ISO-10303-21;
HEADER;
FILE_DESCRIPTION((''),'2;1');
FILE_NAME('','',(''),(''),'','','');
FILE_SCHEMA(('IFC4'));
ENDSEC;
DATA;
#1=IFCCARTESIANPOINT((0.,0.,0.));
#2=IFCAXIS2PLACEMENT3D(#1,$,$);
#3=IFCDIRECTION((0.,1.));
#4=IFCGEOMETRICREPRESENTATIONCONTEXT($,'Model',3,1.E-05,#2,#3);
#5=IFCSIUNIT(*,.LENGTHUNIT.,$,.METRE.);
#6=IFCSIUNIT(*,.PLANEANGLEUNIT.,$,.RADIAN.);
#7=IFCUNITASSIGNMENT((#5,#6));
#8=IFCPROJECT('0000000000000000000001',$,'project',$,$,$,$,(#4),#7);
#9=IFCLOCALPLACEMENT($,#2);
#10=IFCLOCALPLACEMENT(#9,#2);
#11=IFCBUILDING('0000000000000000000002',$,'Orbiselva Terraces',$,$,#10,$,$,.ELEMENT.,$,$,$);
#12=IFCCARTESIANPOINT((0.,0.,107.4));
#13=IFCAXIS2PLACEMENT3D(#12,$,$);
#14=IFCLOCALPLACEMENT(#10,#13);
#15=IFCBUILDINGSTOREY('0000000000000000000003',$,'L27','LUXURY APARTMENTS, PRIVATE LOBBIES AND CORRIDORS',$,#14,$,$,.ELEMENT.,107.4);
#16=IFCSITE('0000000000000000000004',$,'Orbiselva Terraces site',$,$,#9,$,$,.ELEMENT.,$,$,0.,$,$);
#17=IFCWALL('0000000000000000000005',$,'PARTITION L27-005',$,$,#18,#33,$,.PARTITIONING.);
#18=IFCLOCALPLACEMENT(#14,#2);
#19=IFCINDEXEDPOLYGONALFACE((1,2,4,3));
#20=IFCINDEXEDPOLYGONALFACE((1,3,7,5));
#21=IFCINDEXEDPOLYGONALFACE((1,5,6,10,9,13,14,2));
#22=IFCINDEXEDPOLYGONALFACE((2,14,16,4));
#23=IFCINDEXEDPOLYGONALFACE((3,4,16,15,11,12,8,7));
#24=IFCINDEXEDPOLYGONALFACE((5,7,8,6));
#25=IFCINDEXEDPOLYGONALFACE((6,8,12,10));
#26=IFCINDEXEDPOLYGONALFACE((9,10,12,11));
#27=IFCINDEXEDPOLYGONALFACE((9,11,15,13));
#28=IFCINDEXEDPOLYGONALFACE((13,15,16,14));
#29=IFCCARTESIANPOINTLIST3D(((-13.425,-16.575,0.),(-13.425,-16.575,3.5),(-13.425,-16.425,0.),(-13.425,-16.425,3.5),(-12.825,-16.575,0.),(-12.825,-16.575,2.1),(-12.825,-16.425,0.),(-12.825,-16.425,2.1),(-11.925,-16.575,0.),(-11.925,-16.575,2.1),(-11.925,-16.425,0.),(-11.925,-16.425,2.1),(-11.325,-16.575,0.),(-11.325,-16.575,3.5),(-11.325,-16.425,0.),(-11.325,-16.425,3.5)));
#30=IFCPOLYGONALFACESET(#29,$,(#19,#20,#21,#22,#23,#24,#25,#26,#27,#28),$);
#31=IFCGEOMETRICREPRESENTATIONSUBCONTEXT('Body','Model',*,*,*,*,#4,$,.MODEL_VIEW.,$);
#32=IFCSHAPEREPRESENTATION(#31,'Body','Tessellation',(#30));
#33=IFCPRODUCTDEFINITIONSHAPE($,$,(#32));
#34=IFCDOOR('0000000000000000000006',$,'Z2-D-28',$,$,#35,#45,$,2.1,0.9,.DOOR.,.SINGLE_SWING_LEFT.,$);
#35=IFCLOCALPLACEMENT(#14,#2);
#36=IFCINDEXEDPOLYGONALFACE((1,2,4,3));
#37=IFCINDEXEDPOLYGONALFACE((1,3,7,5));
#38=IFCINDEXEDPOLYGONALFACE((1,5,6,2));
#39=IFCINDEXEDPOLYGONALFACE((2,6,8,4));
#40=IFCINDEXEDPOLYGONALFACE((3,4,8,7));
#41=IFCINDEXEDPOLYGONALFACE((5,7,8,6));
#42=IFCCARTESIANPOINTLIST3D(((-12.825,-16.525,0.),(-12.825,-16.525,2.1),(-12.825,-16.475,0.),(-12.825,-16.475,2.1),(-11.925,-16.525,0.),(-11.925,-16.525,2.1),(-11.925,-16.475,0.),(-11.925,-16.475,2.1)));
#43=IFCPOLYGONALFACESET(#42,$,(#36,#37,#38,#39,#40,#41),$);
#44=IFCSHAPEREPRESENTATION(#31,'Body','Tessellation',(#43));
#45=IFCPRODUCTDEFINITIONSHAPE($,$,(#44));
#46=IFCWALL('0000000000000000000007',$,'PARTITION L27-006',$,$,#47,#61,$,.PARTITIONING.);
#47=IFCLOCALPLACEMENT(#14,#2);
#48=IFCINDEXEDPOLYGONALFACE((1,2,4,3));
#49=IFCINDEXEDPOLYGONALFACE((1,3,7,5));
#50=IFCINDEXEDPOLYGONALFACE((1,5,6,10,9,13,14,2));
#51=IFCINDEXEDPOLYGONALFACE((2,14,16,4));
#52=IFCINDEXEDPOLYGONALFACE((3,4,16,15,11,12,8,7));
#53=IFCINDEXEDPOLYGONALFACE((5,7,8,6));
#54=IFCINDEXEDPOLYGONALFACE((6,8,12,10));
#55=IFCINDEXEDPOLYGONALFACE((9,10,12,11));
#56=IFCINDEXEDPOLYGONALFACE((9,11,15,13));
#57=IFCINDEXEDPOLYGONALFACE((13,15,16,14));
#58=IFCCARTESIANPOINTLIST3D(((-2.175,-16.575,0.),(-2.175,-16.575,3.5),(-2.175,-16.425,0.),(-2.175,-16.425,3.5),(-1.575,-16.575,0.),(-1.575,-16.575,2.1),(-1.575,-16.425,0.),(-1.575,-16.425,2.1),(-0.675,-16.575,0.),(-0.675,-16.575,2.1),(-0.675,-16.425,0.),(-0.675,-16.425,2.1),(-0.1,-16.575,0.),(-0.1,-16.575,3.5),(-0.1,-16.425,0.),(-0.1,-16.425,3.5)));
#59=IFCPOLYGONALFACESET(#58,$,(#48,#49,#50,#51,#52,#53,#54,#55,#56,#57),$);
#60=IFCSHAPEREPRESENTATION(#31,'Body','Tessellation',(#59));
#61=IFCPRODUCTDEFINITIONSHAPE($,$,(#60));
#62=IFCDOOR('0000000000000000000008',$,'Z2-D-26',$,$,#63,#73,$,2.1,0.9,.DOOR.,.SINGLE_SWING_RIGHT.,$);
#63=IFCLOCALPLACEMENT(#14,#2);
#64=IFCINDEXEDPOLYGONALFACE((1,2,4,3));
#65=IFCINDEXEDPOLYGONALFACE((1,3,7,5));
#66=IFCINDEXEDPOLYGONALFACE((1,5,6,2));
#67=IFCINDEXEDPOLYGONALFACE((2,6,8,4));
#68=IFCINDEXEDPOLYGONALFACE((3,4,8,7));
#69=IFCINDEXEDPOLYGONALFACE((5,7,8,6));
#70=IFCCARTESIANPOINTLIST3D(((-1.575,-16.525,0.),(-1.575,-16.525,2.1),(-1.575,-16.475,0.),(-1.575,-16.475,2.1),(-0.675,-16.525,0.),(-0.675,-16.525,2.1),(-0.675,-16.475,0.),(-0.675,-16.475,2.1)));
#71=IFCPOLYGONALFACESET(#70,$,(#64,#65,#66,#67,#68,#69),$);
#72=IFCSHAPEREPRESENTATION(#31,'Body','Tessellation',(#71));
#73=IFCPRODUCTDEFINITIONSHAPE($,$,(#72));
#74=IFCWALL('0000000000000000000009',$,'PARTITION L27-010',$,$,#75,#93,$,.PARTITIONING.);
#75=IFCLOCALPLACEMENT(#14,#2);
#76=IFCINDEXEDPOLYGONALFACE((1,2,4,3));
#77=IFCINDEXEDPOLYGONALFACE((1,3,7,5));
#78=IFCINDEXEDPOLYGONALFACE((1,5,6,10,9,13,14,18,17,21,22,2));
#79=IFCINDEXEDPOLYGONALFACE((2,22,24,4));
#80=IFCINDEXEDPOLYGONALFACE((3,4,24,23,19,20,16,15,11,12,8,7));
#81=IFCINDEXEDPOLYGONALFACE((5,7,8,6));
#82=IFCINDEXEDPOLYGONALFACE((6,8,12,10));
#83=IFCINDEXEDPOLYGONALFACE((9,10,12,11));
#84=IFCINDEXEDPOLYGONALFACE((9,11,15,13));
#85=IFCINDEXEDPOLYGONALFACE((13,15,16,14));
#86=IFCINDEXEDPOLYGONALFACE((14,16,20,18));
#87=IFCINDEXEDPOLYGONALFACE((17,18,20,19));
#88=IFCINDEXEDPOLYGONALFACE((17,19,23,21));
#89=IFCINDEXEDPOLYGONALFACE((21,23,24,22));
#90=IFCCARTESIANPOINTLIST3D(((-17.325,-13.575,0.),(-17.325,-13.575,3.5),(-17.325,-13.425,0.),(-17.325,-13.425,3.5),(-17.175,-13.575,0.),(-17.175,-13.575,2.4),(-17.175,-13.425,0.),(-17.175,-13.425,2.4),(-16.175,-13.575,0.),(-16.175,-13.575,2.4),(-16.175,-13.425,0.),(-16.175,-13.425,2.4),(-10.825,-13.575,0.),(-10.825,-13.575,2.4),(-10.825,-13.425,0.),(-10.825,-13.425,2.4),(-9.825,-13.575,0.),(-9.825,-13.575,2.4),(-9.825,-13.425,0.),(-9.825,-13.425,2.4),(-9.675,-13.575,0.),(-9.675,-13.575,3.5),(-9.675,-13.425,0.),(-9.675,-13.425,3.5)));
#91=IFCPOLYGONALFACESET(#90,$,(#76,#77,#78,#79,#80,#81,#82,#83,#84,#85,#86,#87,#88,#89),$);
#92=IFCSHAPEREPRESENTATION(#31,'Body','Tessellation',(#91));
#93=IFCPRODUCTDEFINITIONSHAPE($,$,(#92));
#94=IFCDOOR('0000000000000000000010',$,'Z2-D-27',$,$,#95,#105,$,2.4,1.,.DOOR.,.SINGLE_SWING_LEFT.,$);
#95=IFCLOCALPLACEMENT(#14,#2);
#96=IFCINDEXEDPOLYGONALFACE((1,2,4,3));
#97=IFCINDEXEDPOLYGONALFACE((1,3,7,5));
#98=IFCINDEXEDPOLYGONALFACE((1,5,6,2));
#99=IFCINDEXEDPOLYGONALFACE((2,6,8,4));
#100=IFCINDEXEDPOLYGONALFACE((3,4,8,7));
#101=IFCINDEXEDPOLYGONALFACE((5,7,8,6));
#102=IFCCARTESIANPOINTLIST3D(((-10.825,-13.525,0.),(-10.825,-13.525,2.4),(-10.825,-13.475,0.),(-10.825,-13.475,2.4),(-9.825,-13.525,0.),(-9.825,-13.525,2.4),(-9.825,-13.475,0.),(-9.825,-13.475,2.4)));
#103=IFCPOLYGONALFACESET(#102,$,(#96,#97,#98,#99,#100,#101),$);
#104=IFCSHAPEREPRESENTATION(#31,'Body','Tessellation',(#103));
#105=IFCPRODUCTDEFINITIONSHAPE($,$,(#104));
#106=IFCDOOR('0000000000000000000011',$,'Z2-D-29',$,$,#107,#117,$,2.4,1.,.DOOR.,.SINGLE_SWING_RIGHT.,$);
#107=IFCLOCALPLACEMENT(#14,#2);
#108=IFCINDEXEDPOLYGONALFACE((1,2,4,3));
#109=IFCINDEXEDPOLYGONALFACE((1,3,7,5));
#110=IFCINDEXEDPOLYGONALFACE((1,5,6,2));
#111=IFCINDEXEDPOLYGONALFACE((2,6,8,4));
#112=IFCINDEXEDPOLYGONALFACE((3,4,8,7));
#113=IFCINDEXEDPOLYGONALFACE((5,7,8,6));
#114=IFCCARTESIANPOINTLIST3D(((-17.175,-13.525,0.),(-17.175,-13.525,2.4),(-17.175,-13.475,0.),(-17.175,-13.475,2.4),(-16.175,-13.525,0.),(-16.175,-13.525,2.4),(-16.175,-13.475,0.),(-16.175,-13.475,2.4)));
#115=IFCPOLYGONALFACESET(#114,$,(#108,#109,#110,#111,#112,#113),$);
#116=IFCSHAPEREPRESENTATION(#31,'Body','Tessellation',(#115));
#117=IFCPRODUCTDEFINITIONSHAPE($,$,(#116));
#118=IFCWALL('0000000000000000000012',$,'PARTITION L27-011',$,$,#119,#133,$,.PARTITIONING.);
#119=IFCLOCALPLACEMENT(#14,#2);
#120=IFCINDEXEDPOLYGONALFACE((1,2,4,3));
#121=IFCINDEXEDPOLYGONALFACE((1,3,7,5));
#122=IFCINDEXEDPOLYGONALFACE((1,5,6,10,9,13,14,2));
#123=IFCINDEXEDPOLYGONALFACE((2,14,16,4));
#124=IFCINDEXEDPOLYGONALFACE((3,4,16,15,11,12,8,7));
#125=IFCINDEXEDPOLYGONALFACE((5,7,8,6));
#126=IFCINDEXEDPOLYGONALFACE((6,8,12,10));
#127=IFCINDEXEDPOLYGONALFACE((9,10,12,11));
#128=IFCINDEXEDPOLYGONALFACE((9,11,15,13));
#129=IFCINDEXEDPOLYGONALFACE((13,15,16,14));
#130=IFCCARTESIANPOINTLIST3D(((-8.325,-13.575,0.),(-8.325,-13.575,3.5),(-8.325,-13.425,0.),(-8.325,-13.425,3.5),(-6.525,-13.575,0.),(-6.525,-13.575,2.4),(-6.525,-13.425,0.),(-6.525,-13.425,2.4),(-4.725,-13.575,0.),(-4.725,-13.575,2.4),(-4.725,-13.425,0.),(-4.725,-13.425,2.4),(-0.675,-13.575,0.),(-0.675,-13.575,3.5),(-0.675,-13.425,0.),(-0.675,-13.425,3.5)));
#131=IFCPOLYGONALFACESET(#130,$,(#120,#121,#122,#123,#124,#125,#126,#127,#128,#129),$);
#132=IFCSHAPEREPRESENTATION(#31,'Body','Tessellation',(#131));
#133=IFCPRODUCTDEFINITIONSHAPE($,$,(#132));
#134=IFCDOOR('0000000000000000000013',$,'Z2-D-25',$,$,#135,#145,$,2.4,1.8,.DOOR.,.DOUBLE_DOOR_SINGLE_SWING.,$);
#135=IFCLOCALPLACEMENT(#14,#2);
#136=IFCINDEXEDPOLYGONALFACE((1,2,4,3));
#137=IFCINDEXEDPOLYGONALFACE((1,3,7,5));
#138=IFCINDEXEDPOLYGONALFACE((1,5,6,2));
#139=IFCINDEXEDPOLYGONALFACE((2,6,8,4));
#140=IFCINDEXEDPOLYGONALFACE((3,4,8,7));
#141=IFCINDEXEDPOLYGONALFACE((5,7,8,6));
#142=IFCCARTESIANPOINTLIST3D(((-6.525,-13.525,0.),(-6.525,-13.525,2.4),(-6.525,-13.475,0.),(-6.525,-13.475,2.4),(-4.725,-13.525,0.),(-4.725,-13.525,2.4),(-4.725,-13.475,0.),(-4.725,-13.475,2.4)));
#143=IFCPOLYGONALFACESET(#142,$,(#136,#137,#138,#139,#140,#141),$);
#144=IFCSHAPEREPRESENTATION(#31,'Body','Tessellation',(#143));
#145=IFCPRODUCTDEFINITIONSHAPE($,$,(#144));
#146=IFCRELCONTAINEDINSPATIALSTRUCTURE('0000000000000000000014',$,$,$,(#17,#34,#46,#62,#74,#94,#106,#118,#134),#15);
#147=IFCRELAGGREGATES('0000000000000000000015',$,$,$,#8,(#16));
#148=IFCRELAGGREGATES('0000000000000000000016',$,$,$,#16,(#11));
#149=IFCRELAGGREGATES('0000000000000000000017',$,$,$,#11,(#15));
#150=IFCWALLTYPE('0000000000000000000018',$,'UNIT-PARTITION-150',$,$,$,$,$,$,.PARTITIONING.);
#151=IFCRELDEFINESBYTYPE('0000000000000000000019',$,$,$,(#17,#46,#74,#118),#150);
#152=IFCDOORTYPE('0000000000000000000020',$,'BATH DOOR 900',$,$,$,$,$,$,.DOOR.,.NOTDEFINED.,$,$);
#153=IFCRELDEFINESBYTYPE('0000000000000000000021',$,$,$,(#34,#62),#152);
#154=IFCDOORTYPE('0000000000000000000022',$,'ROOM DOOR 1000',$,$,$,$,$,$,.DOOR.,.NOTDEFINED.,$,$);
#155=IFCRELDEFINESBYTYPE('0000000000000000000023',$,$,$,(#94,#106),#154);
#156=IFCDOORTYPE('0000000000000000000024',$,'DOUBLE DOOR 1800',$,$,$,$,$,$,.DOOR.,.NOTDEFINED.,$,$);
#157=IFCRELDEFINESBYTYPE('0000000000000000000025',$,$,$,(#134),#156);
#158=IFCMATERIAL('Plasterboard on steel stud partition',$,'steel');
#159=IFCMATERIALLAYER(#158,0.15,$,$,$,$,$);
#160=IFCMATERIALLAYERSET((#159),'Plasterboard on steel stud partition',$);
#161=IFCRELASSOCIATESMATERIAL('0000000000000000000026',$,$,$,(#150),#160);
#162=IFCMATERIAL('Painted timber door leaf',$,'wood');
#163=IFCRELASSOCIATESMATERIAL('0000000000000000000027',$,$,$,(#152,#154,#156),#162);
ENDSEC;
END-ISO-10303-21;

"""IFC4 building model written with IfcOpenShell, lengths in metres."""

from ifc_helpers import new_model, si_unit, direction, frame, frame_2d, origin, place, context, subcontext, project, spatial, rectangle, extrude, material, layer, layer_set, type_object, element, fill, save


model = new_model("IFC4")

# Units and contexts
model_context = context("Model", 3, precision=1e-05, world=origin(), true_north=direction((0.0, 1.0)))
body_context = subcontext(model_context, "Body", "Model", "MODEL_VIEW")
ifc_project = project(units=[si_unit("LENGTHUNIT", "METRE"), si_unit("PLANEANGLEUNIT", "RADIAN")], contexts=[model_context])

# Site, building, storey
site_placement = place(None, origin())
site = spatial("IfcSite", under=ifc_project, at=site_placement, Name="Orbiselva Terraces site", CompositionType="ELEMENT", RefElevation=0.0)
building_placement = place(site_placement, origin())
building = spatial("IfcBuilding", under=site, at=building_placement, Name="Orbiselva Terraces", CompositionType="ELEMENT")
storey_placement = place(building_placement, frame((0.0, 0.0, 107.4)))
storey = spatial("IfcBuildingStorey", under=building, at=storey_placement, Name="L27", Description="LUXURY APARTMENTS, PRIVATE LOBBIES AND CORRIDORS", CompositionType="ELEMENT", Elevation=107.4)

# Walls, openings, doors
ifc_material_1 = material(Name="Plasterboard on steel stud partition", Category="steel")
ifc_layer_1 = layer(ifc_material_1, 0.15)
ifc_layer_set_1 = layer_set([ifc_layer_1], Name="Plasterboard on steel stud partition")
wall_type_1 = type_object("IfcWallType", Name="UNIT-PARTITION-150", PredefinedType="PARTITIONING", material=ifc_layer_set_1)
wall_1_placement = place(storey_placement, frame((-13.425, -16.5, 0.0), z_axis=(0.0, 0.0, 1.0), x_axis=(1.0, 0.0, 0.0)))
wall_1 = element("IfcWall", 1, at=wall_1_placement, inside=storey, type_object=wall_type_1, Name="PARTITION L27-005", PredefinedType="PARTITIONING", context=body_context, shape_type="SweptSolid", body=[
    extrude(rectangle(XDim=2.1, YDim=0.15, at=frame_2d((1.05, 0.0))), origin(), (0.0, 0.0, 1.0), 3.5),
])
opening_1_placement = place(wall_1_placement, frame((0.6, 0.0, 0.0)))
opening_1 = element("IfcOpeningElement", 2, at=opening_1_placement, cuts=wall_1, PredefinedType="OPENING", context=body_context, shape_type="SweptSolid", body=[
    extrude(rectangle(XDim=0.9, YDim=2.1, at=frame_2d((0.45, 1.05))), frame((0.0, 0.085, 0.0), z_axis=(0.0, -1.0, 0.0), x_axis=(1.0, 0.0, 0.0)), (0.0, 0.0, 1.0), 0.17),
])
ifc_material_2 = material(Name="Painted timber door leaf", Category="wood")
door_type_1 = type_object("IfcDoorType", Name="BATH DOOR 900", OperationType="NOTDEFINED", PredefinedType="DOOR", material=ifc_material_2)
door_1_placement = place(opening_1_placement, origin())
door_1 = element("IfcDoor", 3, at=door_1_placement, inside=storey, type_object=door_type_1, Name="Z2-D-28", OperationType="SINGLE_SWING_LEFT", OverallHeight=2.1, OverallWidth=0.9, PredefinedType="DOOR", context=body_context, shape_type="SweptSolid", body=[
    extrude(rectangle(XDim=0.9, YDim=2.1, at=frame_2d((0.45, 1.05))), frame((0.0, 0.025, 0.0), z_axis=(0.0, -1.0, 0.0), x_axis=(1.0, 0.0, 0.0)), (0.0, 0.0, 1.0), 0.05),
])
fill(opening_1, door_1)
wall_2_placement = place(storey_placement, frame((-2.175, -16.5, 0.0), z_axis=(0.0, 0.0, 1.0), x_axis=(1.0, 0.0, 0.0)))
wall_2 = element("IfcWall", 4, at=wall_2_placement, inside=storey, type_object=wall_type_1, Name="PARTITION L27-006", PredefinedType="PARTITIONING", context=body_context, shape_type="SweptSolid", body=[
    extrude(rectangle(XDim=2.075, YDim=0.15, at=frame_2d((1.0375, 0.0))), origin(), (0.0, 0.0, 1.0), 3.5),
])
opening_2_placement = place(wall_2_placement, frame((0.6, 0.0, 0.0)))
opening_2 = element("IfcOpeningElement", 5, at=opening_2_placement, cuts=wall_2, PredefinedType="OPENING", context=body_context, shape_type="SweptSolid", body=[
    extrude(rectangle(XDim=0.9, YDim=2.1, at=frame_2d((0.45, 1.05))), frame((0.0, 0.085, 0.0), z_axis=(0.0, -1.0, 0.0), x_axis=(1.0, 0.0, 0.0)), (0.0, 0.0, 1.0), 0.17),
])
door_2_placement = place(opening_2_placement, origin())
door_2 = element("IfcDoor", 6, at=door_2_placement, inside=storey, type_object=door_type_1, Name="Z2-D-26", OperationType="SINGLE_SWING_RIGHT", OverallHeight=2.1, OverallWidth=0.9, PredefinedType="DOOR", context=body_context, shape_type="SweptSolid", body=[
    extrude(rectangle(XDim=0.9, YDim=2.1, at=frame_2d((0.45, 1.05))), frame((0.0, 0.025, 0.0), z_axis=(0.0, -1.0, 0.0), x_axis=(1.0, 0.0, 0.0)), (0.0, 0.0, 1.0), 0.05),
])
fill(opening_2, door_2)

# Wall, openings, doors
wall_3_placement = place(storey_placement, frame((-9.675, -13.5, 0.0), z_axis=(0.0, 0.0, 1.0), x_axis=(-1.0, 0.0, 0.0)))
wall_3 = element("IfcWall", 7, at=wall_3_placement, inside=storey, type_object=wall_type_1, Name="PARTITION L27-010", PredefinedType="PARTITIONING", context=body_context, shape_type="SweptSolid", body=[
    extrude(rectangle(XDim=7.65, YDim=0.15, at=frame_2d((3.825, 0.0))), origin(), (0.0, 0.0, 1.0), 3.5),
])
opening_3_placement = place(wall_3_placement, frame((0.15, 0.0, 0.0)))
opening_3 = element("IfcOpeningElement", 8, at=opening_3_placement, cuts=wall_3, PredefinedType="OPENING", context=body_context, shape_type="SweptSolid", body=[
    extrude(rectangle(XDim=1.0, YDim=2.4, at=frame_2d((0.5, 1.2))), frame((0.0, 0.085, 0.0), z_axis=(0.0, -1.0, 0.0), x_axis=(1.0, 0.0, 0.0)), (0.0, 0.0, 1.0), 0.17),
])
opening_4_placement = place(wall_3_placement, frame((6.5, 0.0, 0.0)))
opening_4 = element("IfcOpeningElement", 9, at=opening_4_placement, cuts=wall_3, PredefinedType="OPENING", context=body_context, shape_type="SweptSolid", body=[
    extrude(rectangle(XDim=1.0, YDim=2.4, at=frame_2d((0.5, 1.2))), frame((0.0, 0.085, 0.0), z_axis=(0.0, -1.0, 0.0), x_axis=(1.0, 0.0, 0.0)), (0.0, 0.0, 1.0), 0.17),
])
door_type_2 = type_object("IfcDoorType", Name="ROOM DOOR 1000", OperationType="NOTDEFINED", PredefinedType="DOOR", material=ifc_material_2)
door_3_placement = place(opening_3_placement, origin())
door_3 = element("IfcDoor", 10, at=door_3_placement, inside=storey, type_object=door_type_2, Name="Z2-D-27", OperationType="SINGLE_SWING_LEFT", OverallHeight=2.4, OverallWidth=1.0, PredefinedType="DOOR", context=body_context, shape_type="SweptSolid", body=[
    extrude(rectangle(XDim=1.0, YDim=2.4, at=frame_2d((0.5, 1.2))), frame((0.0, 0.025, 0.0), z_axis=(0.0, -1.0, 0.0), x_axis=(1.0, 0.0, 0.0)), (0.0, 0.0, 1.0), 0.05),
])
fill(opening_3, door_3)
door_4_placement = place(opening_4_placement, origin())
door_4 = element("IfcDoor", 11, at=door_4_placement, inside=storey, type_object=door_type_2, Name="Z2-D-29", OperationType="SINGLE_SWING_RIGHT", OverallHeight=2.4, OverallWidth=1.0, PredefinedType="DOOR", context=body_context, shape_type="SweptSolid", body=[
    extrude(rectangle(XDim=1.0, YDim=2.4, at=frame_2d((0.5, 1.2))), frame((0.0, 0.025, 0.0), z_axis=(0.0, -1.0, 0.0), x_axis=(1.0, 0.0, 0.0)), (0.0, 0.0, 1.0), 0.05),
])
fill(opening_4, door_4)

# Wall, opening, door
wall_4_placement = place(storey_placement, frame((-0.675, -13.5, 0.0), z_axis=(0.0, 0.0, 1.0), x_axis=(-1.0, 0.0, 0.0)))
wall_4 = element("IfcWall", 12, at=wall_4_placement, inside=storey, type_object=wall_type_1, Name="PARTITION L27-011", PredefinedType="PARTITIONING", context=body_context, shape_type="SweptSolid", body=[
    extrude(rectangle(XDim=7.65, YDim=0.15, at=frame_2d((3.825, 0.0))), origin(), (0.0, 0.0, 1.0), 3.5),
])
opening_5_placement = place(wall_4_placement, frame((4.05, 0.0, 0.0)))
opening_5 = element("IfcOpeningElement", 13, at=opening_5_placement, cuts=wall_4, PredefinedType="OPENING", context=body_context, shape_type="SweptSolid", body=[
    extrude(rectangle(XDim=1.8, YDim=2.4, at=frame_2d((0.9, 1.2))), frame((0.0, 0.085, 0.0), z_axis=(0.0, -1.0, 0.0), x_axis=(1.0, 0.0, 0.0)), (0.0, 0.0, 1.0), 0.17),
])
door_type_3 = type_object("IfcDoorType", Name="DOUBLE DOOR 1800", OperationType="NOTDEFINED", PredefinedType="DOOR", material=ifc_material_2)
door_5_placement = place(opening_5_placement, origin())
door_5 = element("IfcDoor", 14, at=door_5_placement, inside=storey, type_object=door_type_3, Name="Z2-D-25", OperationType="DOUBLE_DOOR_SINGLE_SWING", OverallHeight=2.4, OverallWidth=1.8, PredefinedType="DOOR", context=body_context, shape_type="SweptSolid", body=[
    extrude(rectangle(XDim=1.8, YDim=2.4, at=frame_2d((0.9, 1.2))), frame((0.0, 0.025, 0.0), z_axis=(0.0, -1.0, 0.0), x_axis=(1.0, 0.0, 0.0)), (0.0, 0.0, 1.0), 0.05),
])
fill(opening_5, door_5)

save(model, "model.ifc")
